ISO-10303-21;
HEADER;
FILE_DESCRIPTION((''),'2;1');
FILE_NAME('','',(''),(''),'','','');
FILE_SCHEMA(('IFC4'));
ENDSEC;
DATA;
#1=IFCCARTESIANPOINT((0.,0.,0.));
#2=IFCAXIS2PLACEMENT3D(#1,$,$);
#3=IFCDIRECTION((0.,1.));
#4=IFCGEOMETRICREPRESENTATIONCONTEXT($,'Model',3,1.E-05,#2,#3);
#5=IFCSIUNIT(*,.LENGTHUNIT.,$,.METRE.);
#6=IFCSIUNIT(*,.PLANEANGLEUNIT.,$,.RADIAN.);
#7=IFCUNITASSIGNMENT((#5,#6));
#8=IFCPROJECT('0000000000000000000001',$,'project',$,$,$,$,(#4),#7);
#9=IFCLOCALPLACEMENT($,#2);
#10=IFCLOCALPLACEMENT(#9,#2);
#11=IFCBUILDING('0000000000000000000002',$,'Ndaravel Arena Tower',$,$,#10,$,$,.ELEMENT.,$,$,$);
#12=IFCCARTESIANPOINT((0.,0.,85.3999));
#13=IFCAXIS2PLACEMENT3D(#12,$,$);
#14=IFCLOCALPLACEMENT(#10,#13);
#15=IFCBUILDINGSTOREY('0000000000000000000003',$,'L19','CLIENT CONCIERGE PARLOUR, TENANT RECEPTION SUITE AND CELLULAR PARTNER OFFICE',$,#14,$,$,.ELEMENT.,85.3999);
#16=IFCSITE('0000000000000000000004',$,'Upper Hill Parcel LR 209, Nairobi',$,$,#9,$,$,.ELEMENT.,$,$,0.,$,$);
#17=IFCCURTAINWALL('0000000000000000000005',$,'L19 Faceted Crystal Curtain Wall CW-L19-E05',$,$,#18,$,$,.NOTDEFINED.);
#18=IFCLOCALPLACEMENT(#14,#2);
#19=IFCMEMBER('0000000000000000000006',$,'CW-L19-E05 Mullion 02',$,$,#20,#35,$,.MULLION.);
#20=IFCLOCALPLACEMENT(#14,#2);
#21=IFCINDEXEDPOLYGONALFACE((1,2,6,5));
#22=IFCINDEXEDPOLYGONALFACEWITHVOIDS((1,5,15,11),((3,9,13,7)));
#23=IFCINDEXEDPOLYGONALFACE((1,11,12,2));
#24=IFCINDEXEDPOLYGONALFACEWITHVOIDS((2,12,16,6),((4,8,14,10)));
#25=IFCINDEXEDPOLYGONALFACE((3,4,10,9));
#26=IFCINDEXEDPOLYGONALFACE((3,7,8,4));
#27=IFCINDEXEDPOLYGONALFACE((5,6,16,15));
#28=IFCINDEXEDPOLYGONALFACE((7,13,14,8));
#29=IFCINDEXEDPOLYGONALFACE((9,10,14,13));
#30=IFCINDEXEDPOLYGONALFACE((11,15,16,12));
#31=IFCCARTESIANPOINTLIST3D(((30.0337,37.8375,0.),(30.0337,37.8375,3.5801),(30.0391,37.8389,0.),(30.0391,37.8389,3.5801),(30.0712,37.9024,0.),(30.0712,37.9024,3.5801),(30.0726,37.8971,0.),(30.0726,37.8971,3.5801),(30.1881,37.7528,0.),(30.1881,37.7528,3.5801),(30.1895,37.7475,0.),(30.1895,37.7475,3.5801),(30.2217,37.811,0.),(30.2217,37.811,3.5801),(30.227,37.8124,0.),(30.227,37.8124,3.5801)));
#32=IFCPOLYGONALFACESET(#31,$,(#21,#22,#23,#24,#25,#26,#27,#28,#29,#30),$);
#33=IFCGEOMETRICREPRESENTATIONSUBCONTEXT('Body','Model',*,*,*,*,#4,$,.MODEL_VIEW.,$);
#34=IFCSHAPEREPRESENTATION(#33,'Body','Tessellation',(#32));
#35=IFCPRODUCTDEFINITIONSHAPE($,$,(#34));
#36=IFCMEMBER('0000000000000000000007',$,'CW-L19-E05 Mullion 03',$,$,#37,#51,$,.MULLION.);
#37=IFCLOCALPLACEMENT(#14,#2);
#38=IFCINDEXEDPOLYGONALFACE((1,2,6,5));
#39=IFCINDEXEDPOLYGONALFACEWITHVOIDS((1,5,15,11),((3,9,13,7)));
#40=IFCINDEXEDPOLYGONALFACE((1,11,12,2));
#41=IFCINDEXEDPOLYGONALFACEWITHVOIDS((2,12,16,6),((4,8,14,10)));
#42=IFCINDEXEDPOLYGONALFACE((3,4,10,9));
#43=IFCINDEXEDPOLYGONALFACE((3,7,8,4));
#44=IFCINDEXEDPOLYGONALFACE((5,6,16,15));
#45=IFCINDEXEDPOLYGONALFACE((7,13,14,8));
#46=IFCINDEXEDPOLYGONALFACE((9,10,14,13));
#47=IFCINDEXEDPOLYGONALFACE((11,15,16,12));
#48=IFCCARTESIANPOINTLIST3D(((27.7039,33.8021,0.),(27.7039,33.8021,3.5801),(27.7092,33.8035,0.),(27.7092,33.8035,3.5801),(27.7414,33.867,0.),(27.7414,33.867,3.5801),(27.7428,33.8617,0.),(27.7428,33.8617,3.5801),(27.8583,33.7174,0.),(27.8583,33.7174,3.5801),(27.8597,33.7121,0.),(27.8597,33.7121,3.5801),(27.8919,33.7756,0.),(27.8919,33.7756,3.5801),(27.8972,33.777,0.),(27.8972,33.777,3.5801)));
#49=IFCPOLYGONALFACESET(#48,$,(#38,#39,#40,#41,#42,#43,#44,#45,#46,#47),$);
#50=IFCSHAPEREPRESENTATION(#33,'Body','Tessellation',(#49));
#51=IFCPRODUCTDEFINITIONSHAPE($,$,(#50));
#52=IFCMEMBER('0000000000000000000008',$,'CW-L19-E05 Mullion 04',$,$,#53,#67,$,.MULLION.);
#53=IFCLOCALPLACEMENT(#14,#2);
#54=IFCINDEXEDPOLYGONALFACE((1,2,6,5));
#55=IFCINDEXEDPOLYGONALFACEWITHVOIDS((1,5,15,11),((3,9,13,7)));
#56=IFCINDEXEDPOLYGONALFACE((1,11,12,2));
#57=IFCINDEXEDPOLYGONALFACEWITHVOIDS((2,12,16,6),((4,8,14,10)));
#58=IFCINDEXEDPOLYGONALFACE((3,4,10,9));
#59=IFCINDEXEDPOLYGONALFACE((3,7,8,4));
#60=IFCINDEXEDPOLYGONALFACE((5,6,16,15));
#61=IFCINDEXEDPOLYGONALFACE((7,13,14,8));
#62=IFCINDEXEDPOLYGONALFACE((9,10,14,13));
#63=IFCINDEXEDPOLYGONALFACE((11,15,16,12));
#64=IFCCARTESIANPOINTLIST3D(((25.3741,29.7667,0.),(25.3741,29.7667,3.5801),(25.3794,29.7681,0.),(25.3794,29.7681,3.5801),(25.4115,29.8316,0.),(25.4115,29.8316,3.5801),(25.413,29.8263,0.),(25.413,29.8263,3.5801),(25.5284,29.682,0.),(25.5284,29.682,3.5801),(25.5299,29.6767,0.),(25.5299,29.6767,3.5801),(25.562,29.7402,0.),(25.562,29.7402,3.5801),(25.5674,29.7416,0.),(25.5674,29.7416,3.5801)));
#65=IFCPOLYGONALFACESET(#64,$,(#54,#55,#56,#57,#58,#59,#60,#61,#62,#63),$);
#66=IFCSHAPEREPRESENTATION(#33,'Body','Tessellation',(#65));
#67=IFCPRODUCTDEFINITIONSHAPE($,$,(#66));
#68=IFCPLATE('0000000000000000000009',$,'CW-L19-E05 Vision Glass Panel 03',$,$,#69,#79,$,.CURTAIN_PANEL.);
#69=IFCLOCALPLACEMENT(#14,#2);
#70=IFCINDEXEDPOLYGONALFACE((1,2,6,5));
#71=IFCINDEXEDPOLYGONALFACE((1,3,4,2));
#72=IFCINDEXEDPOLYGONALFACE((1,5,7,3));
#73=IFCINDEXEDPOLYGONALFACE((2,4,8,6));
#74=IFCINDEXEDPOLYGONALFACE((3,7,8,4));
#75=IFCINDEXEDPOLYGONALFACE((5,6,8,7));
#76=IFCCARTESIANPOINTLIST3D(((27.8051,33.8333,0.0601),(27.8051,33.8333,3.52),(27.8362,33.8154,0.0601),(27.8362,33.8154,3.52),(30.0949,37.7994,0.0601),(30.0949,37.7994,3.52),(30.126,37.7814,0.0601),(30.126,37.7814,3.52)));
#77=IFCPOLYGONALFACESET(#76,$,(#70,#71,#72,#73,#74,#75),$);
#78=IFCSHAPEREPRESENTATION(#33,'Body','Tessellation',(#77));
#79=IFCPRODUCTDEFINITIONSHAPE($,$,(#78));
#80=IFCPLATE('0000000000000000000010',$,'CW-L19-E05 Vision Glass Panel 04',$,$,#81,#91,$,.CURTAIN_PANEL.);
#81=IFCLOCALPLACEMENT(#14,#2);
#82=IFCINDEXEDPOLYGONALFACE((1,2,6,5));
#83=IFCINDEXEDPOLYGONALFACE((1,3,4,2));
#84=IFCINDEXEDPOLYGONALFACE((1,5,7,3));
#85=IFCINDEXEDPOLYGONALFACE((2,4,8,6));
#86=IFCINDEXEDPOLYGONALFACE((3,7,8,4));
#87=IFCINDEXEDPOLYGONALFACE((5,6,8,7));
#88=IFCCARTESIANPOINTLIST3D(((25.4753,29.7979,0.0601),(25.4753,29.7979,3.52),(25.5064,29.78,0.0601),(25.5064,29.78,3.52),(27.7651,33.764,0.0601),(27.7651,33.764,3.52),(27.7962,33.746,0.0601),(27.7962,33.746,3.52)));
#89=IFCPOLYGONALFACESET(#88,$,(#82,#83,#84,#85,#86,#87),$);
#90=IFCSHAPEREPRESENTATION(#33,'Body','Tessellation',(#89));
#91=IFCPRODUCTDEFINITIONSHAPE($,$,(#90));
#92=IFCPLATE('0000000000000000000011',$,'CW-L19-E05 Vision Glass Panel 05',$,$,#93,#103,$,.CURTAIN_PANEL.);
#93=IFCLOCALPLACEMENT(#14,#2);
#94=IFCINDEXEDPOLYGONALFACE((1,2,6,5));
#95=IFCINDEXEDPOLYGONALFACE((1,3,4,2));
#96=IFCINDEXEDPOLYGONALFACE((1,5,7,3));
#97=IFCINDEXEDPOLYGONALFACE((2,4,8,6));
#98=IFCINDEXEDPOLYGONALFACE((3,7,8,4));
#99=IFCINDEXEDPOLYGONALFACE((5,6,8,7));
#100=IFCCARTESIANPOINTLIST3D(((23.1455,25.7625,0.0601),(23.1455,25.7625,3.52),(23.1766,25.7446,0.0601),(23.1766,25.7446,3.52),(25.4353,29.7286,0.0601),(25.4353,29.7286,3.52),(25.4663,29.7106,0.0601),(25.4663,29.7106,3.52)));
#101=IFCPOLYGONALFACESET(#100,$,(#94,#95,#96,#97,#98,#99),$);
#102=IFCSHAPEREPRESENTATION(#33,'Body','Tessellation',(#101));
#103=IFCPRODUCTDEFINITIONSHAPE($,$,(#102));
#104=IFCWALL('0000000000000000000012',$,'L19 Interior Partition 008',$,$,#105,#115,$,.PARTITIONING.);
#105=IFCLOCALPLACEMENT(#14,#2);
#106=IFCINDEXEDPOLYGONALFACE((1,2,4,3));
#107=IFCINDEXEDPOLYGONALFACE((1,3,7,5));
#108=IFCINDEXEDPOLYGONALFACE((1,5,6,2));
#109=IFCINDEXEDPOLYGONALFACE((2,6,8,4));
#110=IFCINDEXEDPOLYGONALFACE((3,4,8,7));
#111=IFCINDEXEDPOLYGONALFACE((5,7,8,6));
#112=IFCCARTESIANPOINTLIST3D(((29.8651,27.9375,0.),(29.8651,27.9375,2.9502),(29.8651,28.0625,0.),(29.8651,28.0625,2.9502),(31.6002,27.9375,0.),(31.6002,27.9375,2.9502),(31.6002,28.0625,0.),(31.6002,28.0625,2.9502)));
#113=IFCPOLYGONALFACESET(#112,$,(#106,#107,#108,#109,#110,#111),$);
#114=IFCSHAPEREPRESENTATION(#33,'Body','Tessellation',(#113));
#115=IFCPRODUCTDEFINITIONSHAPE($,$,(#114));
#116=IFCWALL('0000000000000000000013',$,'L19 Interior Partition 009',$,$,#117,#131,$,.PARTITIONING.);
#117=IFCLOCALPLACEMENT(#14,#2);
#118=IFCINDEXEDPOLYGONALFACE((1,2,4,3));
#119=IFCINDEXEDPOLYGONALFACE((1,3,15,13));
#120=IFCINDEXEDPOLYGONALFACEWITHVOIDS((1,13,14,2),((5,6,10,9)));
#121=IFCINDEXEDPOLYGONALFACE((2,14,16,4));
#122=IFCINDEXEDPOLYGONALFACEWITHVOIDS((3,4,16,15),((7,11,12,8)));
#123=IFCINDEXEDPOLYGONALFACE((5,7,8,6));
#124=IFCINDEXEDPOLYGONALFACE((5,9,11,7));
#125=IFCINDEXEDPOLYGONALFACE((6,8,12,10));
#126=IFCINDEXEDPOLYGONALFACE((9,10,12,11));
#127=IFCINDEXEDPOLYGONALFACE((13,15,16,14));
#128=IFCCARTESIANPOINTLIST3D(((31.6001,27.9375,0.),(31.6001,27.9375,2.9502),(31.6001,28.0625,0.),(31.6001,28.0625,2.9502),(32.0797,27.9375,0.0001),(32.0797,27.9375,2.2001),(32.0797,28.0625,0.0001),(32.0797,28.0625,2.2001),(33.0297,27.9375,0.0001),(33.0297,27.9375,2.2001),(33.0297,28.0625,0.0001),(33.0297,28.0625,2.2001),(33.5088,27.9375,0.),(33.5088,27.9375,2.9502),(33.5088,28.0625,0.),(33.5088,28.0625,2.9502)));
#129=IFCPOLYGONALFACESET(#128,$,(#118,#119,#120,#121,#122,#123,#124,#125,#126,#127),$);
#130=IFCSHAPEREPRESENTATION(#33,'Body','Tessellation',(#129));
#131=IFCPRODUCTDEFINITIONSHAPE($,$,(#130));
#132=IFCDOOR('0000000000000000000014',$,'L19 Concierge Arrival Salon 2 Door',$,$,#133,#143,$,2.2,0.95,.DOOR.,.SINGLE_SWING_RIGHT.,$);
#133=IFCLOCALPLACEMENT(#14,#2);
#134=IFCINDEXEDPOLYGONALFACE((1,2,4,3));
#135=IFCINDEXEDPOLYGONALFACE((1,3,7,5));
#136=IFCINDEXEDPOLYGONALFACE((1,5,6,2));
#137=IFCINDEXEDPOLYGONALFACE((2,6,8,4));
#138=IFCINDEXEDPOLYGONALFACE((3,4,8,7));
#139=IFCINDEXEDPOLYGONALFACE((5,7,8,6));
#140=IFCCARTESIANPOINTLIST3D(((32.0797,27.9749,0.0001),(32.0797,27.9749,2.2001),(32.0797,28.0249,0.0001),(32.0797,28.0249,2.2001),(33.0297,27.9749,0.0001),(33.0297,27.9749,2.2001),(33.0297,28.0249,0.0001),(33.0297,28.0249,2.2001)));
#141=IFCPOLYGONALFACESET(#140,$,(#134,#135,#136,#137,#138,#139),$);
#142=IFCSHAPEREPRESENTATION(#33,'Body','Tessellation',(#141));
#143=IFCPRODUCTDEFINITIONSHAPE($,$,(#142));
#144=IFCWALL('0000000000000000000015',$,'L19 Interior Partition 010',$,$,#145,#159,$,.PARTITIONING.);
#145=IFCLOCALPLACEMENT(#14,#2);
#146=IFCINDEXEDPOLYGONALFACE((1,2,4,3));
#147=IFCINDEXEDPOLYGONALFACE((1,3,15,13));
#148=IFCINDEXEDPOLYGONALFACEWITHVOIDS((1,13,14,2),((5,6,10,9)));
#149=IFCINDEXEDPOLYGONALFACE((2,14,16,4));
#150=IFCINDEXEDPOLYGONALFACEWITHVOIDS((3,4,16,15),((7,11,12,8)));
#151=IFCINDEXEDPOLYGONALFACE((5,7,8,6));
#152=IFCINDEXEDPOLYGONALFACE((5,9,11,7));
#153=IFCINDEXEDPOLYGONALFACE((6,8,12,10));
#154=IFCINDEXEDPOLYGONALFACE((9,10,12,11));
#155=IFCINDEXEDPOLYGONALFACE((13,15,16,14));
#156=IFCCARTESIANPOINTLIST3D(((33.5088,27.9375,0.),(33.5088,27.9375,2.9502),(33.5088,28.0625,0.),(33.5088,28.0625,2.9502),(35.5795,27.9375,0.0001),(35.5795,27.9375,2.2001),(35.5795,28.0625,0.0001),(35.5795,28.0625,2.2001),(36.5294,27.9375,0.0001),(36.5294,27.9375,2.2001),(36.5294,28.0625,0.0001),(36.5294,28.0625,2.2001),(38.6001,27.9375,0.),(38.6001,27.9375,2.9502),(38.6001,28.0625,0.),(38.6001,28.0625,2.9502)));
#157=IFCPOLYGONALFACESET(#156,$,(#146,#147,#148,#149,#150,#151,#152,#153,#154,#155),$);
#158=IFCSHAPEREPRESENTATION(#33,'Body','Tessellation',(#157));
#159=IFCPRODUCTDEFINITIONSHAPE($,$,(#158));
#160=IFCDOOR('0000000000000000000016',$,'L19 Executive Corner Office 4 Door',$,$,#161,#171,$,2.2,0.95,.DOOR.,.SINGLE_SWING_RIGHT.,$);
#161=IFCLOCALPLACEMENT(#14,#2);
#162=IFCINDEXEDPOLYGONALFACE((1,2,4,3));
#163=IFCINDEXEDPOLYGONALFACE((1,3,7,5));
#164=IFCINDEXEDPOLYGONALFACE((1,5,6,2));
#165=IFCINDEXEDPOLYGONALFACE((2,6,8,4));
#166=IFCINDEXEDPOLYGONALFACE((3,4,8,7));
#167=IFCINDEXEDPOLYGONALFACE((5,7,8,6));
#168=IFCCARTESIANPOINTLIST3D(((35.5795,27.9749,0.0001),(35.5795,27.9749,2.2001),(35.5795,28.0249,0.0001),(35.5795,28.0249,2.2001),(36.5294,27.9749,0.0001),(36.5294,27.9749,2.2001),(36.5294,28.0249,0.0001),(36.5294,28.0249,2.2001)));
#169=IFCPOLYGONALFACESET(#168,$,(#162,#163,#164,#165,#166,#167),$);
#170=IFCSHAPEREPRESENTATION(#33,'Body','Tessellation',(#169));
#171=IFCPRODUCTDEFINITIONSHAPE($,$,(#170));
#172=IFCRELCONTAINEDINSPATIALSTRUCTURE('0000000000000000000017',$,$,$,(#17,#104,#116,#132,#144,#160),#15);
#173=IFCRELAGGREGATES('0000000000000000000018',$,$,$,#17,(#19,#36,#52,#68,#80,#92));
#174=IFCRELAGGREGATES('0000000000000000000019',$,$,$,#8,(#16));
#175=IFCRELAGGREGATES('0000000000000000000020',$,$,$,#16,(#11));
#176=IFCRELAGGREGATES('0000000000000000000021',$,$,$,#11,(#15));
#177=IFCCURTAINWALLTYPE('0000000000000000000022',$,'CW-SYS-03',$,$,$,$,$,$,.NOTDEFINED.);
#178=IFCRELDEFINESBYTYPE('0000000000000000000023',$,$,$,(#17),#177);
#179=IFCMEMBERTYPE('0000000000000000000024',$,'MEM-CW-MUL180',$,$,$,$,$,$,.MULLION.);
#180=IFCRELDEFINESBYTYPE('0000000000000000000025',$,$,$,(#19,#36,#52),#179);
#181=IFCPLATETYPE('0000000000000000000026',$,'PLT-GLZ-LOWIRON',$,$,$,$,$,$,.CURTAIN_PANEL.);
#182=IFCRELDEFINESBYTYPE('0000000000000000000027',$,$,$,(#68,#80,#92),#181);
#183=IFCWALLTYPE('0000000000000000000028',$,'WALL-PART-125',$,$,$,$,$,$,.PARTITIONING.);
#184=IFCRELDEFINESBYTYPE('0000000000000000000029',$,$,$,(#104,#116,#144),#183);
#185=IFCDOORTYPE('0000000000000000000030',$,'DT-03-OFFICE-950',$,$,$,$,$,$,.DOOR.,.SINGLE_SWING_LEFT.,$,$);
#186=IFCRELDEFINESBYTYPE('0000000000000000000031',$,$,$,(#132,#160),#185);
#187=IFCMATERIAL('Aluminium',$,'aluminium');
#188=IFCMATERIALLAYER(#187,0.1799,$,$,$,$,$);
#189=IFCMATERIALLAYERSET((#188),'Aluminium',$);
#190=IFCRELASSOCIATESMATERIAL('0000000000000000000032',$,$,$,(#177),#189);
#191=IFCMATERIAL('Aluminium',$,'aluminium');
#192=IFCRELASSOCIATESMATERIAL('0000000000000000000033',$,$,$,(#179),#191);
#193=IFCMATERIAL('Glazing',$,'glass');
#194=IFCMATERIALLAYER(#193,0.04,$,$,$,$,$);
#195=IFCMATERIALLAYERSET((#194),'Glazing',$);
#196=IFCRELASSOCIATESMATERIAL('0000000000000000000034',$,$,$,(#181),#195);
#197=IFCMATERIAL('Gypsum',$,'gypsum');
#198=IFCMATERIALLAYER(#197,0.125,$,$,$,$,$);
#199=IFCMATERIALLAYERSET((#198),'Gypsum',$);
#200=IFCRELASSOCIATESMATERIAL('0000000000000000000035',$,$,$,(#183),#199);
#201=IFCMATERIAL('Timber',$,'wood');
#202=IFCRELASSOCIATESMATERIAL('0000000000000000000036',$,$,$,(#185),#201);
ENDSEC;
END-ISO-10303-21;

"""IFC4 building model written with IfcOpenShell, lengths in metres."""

from ifc_helpers import new_model, si_unit, direction, frame, frame_2d, origin, origin_2d, place, context, subcontext, project, spatial, rectangle, hollow_rectangle, extrude, material, layer, layer_set, material_profile, profile_set, type_object, element, fill, aggregate, save


model = new_model("IFC4")

# Units and contexts
model_context = context("Model", 3, precision=1e-05, world=origin(), true_north=direction((0.0, 1.0)))
body_context = subcontext(model_context, "Body", "Model", "MODEL_VIEW")
ifc_project = project(units=[si_unit("LENGTHUNIT", "METRE"), si_unit("PLANEANGLEUNIT", "RADIAN")], contexts=[model_context])

# Site, building, storey
site_placement = place(None, origin())
site = spatial("IfcSite", under=ifc_project, at=site_placement, Name="Upper Hill Parcel LR 209, Nairobi", CompositionType="ELEMENT", RefElevation=0.0)
building_placement = place(site_placement, origin())
building = spatial("IfcBuilding", under=site, at=building_placement, Name="Ndaravel Arena Tower", CompositionType="ELEMENT")
storey_placement = place(building_placement, frame((0.0, 0.0, 85.3999)))
storey = spatial("IfcBuildingStorey", under=building, at=storey_placement, Name="L19", Description="CLIENT CONCIERGE PARLOUR, TENANT RECEPTION SUITE AND CELLULAR PARTNER OFFICE", CompositionType="ELEMENT", Elevation=85.3999)

# Curtain wall, members, plates
ifc_material_1 = material(Name="Aluminium", Category="aluminium")
ifc_layer_1 = layer(ifc_material_1, 0.1799)
ifc_layer_set_1 = layer_set([ifc_layer_1], Name="Aluminium")
curtain_wall_type = type_object("IfcCurtainWallType", Name="CW-SYS-03", PredefinedType="NOTDEFINED", material=ifc_layer_set_1)
curtain_wall_placement = place(storey_placement, origin())
curtain_wall = element("IfcCurtainWall", 1, at=curtain_wall_placement, inside=storey, type_object=curtain_wall_type, Name="L19 Faceted Crystal Curtain Wall CW-L19-E05", PredefinedType="NOTDEFINED")
ifc_material_2 = material(Name="Aluminium", Category="aluminium")
ifc_material_profile_1 = material_profile(ifc_material_2, hollow_rectangle(XDim=0.075, YDim=0.1799, WallThickness=0.0039, at=origin_2d()), Name="CW MULLION 75x180x4")
ifc_profile_set_1 = profile_set([ifc_material_profile_1], Name="Aluminium")
member_type = type_object("IfcMemberType", Name="MEM-CW-MUL180", PredefinedType="MULLION", material=ifc_profile_set_1)
member_1_placement = place(storey_placement, frame((30.1304, 37.825, 0.0), z_axis=(0.0, 0.0, 1.0), x_axis=(-0.5, -0.866025, 0.0)))
member_1 = element("IfcMember", 2, at=member_1_placement, type_object=member_type, Name="CW-L19-E05 Mullion 02", PredefinedType="MULLION", context=body_context, shape_type="SweptSolid", body=[
    extrude(hollow_rectangle(XDim=0.075, YDim=0.1799, WallThickness=0.0039, at=origin_2d()), origin(), (0.0, 0.0, 1.0), 3.5801),
])
member_2_placement = place(storey_placement, frame((27.8005, 33.7896, 0.0), z_axis=(0.0, 0.0, 1.0), x_axis=(-0.5, -0.866025, 0.0)))
member_2 = element("IfcMember", 3, at=member_2_placement, type_object=member_type, Name="CW-L19-E05 Mullion 03", PredefinedType="MULLION", context=body_context, shape_type="SweptSolid", body=[
    extrude(hollow_rectangle(XDim=0.075, YDim=0.1799, WallThickness=0.0039, at=origin_2d()), origin(), (0.0, 0.0, 1.0), 3.5801),
])
member_3_placement = place(storey_placement, frame((25.4707, 29.7542, 0.0), z_axis=(0.0, 0.0, 1.0), x_axis=(-0.5, -0.866025, 0.0)))
member_3 = element("IfcMember", 4, at=member_3_placement, type_object=member_type, Name="CW-L19-E05 Mullion 04", PredefinedType="MULLION", context=body_context, shape_type="SweptSolid", body=[
    extrude(hollow_rectangle(XDim=0.075, YDim=0.1799, WallThickness=0.0039, at=origin_2d()), origin(), (0.0, 0.0, 1.0), 3.5801),
])
ifc_material_3 = material(Name="Glazing", Category="glass")
ifc_layer_2 = layer(ifc_material_3, 0.04)
ifc_layer_set_2 = layer_set([ifc_layer_2], Name="Glazing")
plate_type = type_object("IfcPlateType", Name="PLT-GLZ-LOWIRON", PredefinedType="CURTAIN_PANEL", material=ifc_layer_set_2)
plate_1_placement = place(storey_placement, frame((28.9656, 35.8074, 0.0601), z_axis=(0.0, 0.0, 1.0), x_axis=(-0.5, -0.866025, 0.0)))
plate_1 = element("IfcPlate", 5, at=plate_1_placement, type_object=plate_type, Name="CW-L19-E05 Vision Glass Panel 03", PredefinedType="CURTAIN_PANEL", context=body_context, shape_type="SweptSolid", body=[
    extrude(rectangle(XDim=4.5796, YDim=0.0359, at=origin_2d()), origin(), (0.0, 0.0, 1.0), 3.46),
])
plate_2_placement = place(storey_placement, frame((26.6357, 31.772, 0.0601), z_axis=(0.0, 0.0, 1.0), x_axis=(-0.5, -0.866025, 0.0)))
plate_2 = element("IfcPlate", 6, at=plate_2_placement, type_object=plate_type, Name="CW-L19-E05 Vision Glass Panel 04", PredefinedType="CURTAIN_PANEL", context=body_context, shape_type="SweptSolid", body=[
    extrude(rectangle(XDim=4.5796, YDim=0.0359, at=origin_2d()), origin(), (0.0, 0.0, 1.0), 3.46),
])
plate_3_placement = place(storey_placement, frame((24.3059, 27.7366, 0.0601), z_axis=(0.0, 0.0, 1.0), x_axis=(-0.5, -0.866025, 0.0)))
plate_3 = element("IfcPlate", 7, at=plate_3_placement, type_object=plate_type, Name="CW-L19-E05 Vision Glass Panel 05", PredefinedType="CURTAIN_PANEL", context=body_context, shape_type="SweptSolid", body=[
    extrude(rectangle(XDim=4.5796, YDim=0.0359, at=origin_2d()), origin(), (0.0, 0.0, 1.0), 3.46),
])
aggregate(curtain_wall, [member_1, member_2, member_3, plate_1, plate_2, plate_3])

# Wall
ifc_material_4 = material(Name="Gypsum", Category="gypsum")
ifc_layer_3 = layer(ifc_material_4, 0.125)
ifc_layer_set_3 = layer_set([ifc_layer_3], Name="Gypsum")
wall_type_1 = type_object("IfcWallType", Name="WALL-PART-125", PredefinedType="PARTITIONING", material=ifc_layer_set_3)
wall_1_placement = place(storey_placement, frame((29.865, 28.0, 0.0), z_axis=(0.0, 0.0, 1.0), x_axis=(1.0, 0.0, 0.0)))
element("IfcWall", 8, at=wall_1_placement, inside=storey, type_object=wall_type_1, Name="L19 Interior Partition 008", PredefinedType="PARTITIONING", context=body_context, shape_type="SweptSolid", body=[
    extrude(rectangle(XDim=1.7351, YDim=0.125, at=frame_2d((0.8677, 0.0))), origin(), (0.0, 0.0, 1.0), 2.9502),
])

# Walls, openings, doors
wall_2_placement = place(storey_placement, frame((31.6001, 28.0, 0.0), z_axis=(0.0, 0.0, 1.0), x_axis=(1.0, 0.0, 0.0)))
wall_2 = element("IfcWall", 9, at=wall_2_placement, inside=storey, type_object=wall_type_1, Name="L19 Interior Partition 009", PredefinedType="PARTITIONING", context=body_context, shape_type="SweptSolid", body=[
    extrude(rectangle(XDim=1.9087, YDim=0.125, at=frame_2d((0.9543, 0.0))), origin(), (0.0, 0.0, 1.0), 2.9502),
])
opening_1_placement = place(wall_2_placement, frame((0.4795, 0.0, 0.0)))
opening_1 = element("IfcOpeningElement", 10, at=opening_1_placement, cuts=wall_2, PredefinedType="OPENING", context=body_context, shape_type="SweptSolid", body=[
    extrude(rectangle(XDim=0.95, YDim=2.2, at=frame_2d((0.4751, 1.1001))), frame((0.0, 0.0625, 0.0), z_axis=(0.0, -1.0, 0.0), x_axis=(1.0, 0.0, 0.0)), (0.0, 0.0, 1.0), 0.125),
])
ifc_material_5 = material(Name="Timber", Category="wood")
door_type = type_object("IfcDoorType", Name="DT-03-OFFICE-950", OperationType="SINGLE_SWING_LEFT", PredefinedType="DOOR", material=ifc_material_5)
door_1_placement = place(opening_1_placement, origin())
door_1 = element("IfcDoor", 11, at=door_1_placement, inside=storey, type_object=door_type, Name="L19 Concierge Arrival Salon 2 Door", OperationType="SINGLE_SWING_RIGHT", OverallHeight=2.2, OverallWidth=0.95, PredefinedType="DOOR", context=body_context, shape_type="SweptSolid", body=[
    extrude(rectangle(XDim=0.95, YDim=2.2, at=frame_2d((0.4751, 1.1001))), frame((0.0, 0.0249, 0.0), z_axis=(0.0, -1.0, 0.0), x_axis=(1.0, 0.0, 0.0)), (0.0, 0.0, 1.0), 0.05),
])
fill(opening_1, door_1)
wall_3_placement = place(storey_placement, frame((33.5088, 28.0, 0.0), z_axis=(0.0, 0.0, 1.0), x_axis=(1.0, 0.0, 0.0)))
wall_3 = element("IfcWall", 12, at=wall_3_placement, inside=storey, type_object=wall_type_1, Name="L19 Interior Partition 010", PredefinedType="PARTITIONING", context=body_context, shape_type="SweptSolid", body=[
    extrude(rectangle(XDim=5.0913, YDim=0.125, at=frame_2d((2.5457, 0.0))), origin(), (0.0, 0.0, 1.0), 2.9502),
])
opening_2_placement = place(wall_3_placement, frame((2.0706, 0.0, 0.0)))
opening_2 = element("IfcOpeningElement", 13, at=opening_2_placement, cuts=wall_3, PredefinedType="OPENING", context=body_context, shape_type="SweptSolid", body=[
    extrude(rectangle(XDim=0.95, YDim=2.2, at=frame_2d((0.4751, 1.1001))), frame((0.0, 0.0625, 0.0), z_axis=(0.0, -1.0, 0.0), x_axis=(1.0, 0.0, 0.0)), (0.0, 0.0, 1.0), 0.125),
])
door_2_placement = place(opening_2_placement, origin())
door_2 = element("IfcDoor", 14, at=door_2_placement, inside=storey, type_object=door_type, Name="L19 Executive Corner Office 4 Door", OperationType="SINGLE_SWING_RIGHT", OverallHeight=2.2, OverallWidth=0.95, PredefinedType="DOOR", context=body_context, shape_type="SweptSolid", body=[
    extrude(rectangle(XDim=0.95, YDim=2.2, at=frame_2d((0.4751, 1.1001))), frame((0.0, 0.0249, 0.0), z_axis=(0.0, -1.0, 0.0), x_axis=(1.0, 0.0, 0.0)), (0.0, 0.0, 1.0), 0.05),
])
fill(opening_2, door_2)

save(model, "model.ifc")
